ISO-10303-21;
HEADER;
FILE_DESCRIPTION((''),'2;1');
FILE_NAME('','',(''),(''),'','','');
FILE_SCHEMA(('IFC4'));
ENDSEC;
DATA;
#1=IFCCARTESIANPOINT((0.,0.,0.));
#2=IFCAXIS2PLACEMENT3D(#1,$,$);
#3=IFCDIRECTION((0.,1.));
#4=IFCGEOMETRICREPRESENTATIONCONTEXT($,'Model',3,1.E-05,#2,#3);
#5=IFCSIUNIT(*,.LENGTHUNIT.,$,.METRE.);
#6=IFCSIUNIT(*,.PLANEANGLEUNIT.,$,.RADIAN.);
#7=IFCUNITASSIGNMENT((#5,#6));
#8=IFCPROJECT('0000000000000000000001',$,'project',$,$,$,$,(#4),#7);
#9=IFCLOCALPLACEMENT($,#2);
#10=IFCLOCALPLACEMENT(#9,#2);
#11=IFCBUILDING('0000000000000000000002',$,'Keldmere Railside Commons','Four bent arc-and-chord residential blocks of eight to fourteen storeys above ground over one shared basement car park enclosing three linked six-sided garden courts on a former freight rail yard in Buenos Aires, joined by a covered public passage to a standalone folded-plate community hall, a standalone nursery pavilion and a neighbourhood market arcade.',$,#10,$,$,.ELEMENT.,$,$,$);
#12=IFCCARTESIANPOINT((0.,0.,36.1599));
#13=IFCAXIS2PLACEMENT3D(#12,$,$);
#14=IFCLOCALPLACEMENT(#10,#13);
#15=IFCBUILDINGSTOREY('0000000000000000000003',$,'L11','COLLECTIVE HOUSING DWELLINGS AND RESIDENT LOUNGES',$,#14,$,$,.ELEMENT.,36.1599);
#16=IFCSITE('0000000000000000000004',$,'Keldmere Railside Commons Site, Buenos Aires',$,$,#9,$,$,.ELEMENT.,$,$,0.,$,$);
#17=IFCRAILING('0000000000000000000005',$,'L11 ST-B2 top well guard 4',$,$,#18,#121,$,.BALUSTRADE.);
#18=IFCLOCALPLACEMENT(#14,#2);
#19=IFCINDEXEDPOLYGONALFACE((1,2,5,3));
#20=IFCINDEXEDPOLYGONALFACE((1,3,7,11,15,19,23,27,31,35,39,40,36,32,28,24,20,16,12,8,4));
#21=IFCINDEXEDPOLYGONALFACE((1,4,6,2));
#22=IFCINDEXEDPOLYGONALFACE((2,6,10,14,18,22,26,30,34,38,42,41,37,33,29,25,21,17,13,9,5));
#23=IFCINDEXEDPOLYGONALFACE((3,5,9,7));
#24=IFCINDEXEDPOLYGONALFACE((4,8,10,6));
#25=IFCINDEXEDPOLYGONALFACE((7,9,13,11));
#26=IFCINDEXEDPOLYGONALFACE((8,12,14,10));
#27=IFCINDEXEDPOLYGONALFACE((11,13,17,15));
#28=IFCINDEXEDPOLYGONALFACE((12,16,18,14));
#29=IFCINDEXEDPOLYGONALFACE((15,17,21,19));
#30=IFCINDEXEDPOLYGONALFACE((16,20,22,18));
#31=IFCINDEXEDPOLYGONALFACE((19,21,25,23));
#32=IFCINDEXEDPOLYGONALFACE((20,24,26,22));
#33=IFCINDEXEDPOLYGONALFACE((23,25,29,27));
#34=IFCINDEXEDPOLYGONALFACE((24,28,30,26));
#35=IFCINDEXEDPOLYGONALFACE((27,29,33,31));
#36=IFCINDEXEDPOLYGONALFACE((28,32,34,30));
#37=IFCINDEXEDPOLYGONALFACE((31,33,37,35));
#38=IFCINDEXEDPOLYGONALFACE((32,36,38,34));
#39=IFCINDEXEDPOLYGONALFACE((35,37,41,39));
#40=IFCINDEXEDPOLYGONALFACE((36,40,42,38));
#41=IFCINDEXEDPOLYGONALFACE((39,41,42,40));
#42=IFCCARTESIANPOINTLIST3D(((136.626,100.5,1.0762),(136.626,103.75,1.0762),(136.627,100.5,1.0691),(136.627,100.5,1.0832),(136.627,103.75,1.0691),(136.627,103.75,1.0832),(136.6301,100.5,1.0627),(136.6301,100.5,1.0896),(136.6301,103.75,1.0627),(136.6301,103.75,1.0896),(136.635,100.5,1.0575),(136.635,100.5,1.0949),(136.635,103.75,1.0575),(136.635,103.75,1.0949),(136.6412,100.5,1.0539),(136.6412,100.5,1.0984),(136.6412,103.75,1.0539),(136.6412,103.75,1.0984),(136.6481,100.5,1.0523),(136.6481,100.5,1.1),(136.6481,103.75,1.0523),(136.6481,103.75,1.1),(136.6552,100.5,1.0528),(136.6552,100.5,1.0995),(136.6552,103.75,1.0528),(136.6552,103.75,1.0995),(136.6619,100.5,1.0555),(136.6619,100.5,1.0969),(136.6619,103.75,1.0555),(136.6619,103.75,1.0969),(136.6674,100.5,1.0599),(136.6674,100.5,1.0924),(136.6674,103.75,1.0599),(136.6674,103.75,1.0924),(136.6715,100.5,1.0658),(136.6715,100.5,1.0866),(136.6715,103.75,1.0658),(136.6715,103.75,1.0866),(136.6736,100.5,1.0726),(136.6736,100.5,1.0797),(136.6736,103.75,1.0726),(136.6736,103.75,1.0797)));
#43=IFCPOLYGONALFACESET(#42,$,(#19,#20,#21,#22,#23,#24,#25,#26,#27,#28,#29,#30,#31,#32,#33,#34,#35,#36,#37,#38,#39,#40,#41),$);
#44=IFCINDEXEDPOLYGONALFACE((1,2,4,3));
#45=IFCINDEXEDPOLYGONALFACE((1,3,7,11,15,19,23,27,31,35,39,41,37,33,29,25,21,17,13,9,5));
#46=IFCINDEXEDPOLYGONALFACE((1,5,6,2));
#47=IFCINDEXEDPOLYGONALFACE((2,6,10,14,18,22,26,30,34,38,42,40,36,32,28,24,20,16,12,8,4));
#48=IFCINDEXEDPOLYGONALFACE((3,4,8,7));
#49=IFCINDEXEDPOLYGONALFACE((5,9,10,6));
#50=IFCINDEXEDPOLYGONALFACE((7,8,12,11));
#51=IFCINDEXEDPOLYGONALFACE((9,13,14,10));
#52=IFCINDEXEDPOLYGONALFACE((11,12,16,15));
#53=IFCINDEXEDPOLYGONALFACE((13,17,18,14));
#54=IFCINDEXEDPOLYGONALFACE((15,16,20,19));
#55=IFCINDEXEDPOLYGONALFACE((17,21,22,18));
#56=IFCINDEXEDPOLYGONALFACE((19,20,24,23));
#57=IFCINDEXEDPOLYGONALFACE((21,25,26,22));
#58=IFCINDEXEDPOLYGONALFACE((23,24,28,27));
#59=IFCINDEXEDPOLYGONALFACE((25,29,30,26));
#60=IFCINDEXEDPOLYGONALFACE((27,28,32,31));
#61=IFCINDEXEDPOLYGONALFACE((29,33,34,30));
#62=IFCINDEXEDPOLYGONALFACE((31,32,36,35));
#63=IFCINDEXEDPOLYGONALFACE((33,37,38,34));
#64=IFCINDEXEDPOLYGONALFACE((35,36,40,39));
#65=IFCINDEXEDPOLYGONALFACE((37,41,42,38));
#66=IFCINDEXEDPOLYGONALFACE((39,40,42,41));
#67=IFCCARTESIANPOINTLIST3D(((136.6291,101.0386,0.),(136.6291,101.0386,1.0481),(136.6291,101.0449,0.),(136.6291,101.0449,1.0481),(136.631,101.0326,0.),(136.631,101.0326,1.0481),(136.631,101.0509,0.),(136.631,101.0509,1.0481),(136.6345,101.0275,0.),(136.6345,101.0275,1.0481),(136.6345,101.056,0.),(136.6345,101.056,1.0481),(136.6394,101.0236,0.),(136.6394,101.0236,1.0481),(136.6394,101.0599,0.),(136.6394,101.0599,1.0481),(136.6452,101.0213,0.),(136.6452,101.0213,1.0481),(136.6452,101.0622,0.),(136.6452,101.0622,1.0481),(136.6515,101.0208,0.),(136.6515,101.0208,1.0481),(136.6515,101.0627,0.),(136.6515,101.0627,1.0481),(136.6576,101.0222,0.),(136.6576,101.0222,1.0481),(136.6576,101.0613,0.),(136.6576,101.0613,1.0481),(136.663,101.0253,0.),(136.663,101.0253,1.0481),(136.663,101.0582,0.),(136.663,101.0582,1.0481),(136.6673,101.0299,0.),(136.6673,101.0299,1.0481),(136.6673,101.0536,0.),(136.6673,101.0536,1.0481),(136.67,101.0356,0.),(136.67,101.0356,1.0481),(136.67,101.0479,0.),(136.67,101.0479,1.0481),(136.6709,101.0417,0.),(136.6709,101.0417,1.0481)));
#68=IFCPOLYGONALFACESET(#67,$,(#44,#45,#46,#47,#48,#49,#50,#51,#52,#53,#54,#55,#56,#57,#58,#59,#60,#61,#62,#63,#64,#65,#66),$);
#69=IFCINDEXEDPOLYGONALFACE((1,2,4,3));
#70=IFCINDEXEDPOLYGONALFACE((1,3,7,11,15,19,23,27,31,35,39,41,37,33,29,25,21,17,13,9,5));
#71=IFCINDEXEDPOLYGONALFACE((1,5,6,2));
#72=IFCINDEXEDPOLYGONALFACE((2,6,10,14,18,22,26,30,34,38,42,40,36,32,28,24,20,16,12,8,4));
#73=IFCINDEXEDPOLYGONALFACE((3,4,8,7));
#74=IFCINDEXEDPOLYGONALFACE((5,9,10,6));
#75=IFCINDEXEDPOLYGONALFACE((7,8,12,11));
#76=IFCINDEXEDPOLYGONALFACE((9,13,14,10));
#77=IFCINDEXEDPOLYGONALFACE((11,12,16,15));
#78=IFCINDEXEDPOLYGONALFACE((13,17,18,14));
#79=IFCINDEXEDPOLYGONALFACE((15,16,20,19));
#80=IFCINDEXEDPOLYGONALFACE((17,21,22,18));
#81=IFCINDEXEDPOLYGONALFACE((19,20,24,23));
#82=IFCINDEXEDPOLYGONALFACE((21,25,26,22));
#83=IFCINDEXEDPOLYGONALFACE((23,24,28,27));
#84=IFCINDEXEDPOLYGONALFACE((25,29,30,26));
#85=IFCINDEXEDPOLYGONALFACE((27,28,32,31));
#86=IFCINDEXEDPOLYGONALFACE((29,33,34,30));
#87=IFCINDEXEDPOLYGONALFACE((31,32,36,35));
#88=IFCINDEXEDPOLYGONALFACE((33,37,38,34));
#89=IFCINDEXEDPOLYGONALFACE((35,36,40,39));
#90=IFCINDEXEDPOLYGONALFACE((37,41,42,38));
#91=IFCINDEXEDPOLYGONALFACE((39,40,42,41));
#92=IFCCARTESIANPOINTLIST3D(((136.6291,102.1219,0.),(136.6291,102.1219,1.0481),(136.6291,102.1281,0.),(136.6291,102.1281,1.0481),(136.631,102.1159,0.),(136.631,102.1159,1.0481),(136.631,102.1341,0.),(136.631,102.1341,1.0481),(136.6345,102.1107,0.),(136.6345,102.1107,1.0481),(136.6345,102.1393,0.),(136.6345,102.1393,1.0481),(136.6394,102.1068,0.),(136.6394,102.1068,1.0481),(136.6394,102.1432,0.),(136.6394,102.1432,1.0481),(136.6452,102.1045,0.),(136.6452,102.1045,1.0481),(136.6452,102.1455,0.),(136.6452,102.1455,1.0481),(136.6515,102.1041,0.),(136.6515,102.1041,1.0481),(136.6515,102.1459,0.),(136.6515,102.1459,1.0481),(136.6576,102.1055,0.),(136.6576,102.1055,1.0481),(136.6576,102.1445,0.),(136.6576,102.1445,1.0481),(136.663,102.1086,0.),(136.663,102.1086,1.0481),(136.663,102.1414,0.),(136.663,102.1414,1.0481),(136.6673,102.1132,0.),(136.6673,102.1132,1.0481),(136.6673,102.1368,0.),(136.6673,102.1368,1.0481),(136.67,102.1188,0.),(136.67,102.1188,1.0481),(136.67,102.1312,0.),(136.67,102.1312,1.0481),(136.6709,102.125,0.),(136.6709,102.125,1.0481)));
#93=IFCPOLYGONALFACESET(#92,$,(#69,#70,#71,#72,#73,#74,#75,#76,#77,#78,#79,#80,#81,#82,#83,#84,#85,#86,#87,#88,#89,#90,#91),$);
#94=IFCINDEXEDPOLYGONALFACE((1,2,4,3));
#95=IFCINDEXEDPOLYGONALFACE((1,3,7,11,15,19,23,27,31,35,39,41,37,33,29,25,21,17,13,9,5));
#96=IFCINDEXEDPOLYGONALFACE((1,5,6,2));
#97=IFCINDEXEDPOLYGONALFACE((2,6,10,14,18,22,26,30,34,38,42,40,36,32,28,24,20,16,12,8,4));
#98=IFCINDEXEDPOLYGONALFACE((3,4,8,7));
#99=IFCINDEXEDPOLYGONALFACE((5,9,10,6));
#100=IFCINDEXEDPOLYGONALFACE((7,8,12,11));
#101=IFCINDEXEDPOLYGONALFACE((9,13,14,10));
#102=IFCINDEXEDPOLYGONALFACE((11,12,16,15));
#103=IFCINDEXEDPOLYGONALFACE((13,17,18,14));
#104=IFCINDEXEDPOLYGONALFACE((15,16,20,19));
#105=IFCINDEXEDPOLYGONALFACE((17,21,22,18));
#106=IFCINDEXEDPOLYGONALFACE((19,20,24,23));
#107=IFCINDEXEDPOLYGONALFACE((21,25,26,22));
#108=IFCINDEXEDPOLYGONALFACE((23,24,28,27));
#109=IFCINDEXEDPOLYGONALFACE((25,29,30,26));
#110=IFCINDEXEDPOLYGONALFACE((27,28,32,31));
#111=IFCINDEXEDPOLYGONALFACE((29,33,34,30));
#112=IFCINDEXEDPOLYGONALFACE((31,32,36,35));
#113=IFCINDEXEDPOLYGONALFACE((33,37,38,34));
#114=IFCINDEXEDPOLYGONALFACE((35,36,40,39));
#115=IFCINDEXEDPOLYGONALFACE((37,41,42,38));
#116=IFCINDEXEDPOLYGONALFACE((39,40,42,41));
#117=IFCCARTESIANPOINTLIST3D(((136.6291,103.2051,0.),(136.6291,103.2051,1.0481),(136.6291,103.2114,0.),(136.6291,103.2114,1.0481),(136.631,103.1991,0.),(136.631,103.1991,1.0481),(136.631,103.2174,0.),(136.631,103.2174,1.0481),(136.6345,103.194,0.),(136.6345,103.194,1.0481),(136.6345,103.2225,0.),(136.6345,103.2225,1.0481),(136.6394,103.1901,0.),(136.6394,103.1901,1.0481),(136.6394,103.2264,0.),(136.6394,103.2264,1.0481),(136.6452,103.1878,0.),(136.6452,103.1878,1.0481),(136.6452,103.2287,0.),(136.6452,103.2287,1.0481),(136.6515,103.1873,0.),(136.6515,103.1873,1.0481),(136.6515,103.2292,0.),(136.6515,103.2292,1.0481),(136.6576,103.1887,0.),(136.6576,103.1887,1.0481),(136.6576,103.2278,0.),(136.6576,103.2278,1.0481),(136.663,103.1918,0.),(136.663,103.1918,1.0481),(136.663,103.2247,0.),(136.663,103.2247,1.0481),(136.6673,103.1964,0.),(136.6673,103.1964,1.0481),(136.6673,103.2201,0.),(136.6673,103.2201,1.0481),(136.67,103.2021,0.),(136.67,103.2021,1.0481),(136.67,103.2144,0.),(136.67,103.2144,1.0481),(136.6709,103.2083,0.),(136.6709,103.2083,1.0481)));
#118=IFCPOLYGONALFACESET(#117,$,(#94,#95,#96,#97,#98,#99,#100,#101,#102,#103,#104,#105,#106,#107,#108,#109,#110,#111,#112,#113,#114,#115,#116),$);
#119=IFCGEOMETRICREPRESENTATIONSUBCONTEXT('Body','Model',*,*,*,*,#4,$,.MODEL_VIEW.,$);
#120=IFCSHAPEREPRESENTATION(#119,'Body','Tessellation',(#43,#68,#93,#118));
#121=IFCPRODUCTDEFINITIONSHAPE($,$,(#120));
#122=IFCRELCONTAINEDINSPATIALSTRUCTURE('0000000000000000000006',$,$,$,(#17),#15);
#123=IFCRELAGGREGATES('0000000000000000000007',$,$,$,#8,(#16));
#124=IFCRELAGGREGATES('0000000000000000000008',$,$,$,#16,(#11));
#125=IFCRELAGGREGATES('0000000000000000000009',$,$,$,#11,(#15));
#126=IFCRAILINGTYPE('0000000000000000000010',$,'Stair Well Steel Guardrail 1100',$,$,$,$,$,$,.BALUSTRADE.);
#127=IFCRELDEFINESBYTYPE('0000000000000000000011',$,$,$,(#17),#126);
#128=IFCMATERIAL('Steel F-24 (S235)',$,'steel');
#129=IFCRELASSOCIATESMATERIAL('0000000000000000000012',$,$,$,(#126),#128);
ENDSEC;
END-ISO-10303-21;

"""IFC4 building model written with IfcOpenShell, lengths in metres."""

from ifc_helpers import new_model, si_unit, direction, frame, origin, origin_2d, place, context, subcontext, project, spatial, circle, extrude, material, type_object, element, save


model = new_model("IFC4")

# Units and contexts
model_context = context("Model", 3, precision=1e-05, world=origin(), true_north=direction((0.0, 1.0)))
body_context = subcontext(model_context, "Body", "Model", "MODEL_VIEW")
ifc_project = project(units=[si_unit("LENGTHUNIT", "METRE"), si_unit("PLANEANGLEUNIT", "RADIAN")], contexts=[model_context])

# Site, building, storey
site_placement = place(None, origin())
site = spatial("IfcSite", under=ifc_project, at=site_placement, Name="Keldmere Railside Commons Site, Buenos Aires", CompositionType="ELEMENT", RefElevation=0.0)
building_placement = place(site_placement, origin())
building = spatial("IfcBuilding", under=site, at=building_placement, Name="Keldmere Railside Commons", Description="Four bent arc-and-chord residential blocks of eight to fourteen storeys above ground over one shared basement car park enclosing three linked six-sided garden courts on a former freight rail yard in Buenos Aires, joined by a covered public passage to a standalone folded-plate community hall, a standalone nursery pavilion and a neighbourhood market arcade.", CompositionType="ELEMENT")
storey_placement = place(building_placement, frame((0.0, 0.0, 36.1599)))
storey = spatial("IfcBuildingStorey", under=building, at=storey_placement, Name="L11", Description="COLLECTIVE HOUSING DWELLINGS AND RESIDENT LOUNGES", CompositionType="ELEMENT", Elevation=36.1599)

# Shared definitions
ifc_material_1 = material(Name="Steel F-24 (S235)", Category="steel")

# Railing
railing_type_1 = type_object("IfcRailingType", Name="Stair Well Steel Guardrail 1100", PredefinedType="BALUSTRADE", material=ifc_material_1)
railing_1_placement = place(storey_placement, frame((136.6499, 100.5, 0.0)))
element("IfcRailing", 1, at=railing_1_placement, inside=storey, type_object=railing_type_1, Name="L11 ST-B2 top well guard 4", PredefinedType="BALUSTRADE", context=body_context, shape_type="SweptSolid", body=[
    extrude(circle(Radius=0.0239, at=origin_2d()), frame((0.0, 0.0, 1.0762), z_axis=(0.0, 1.0, 0.0), x_axis=(-1.0, 0.0, 0.0)), (0.0, 0.0, 1.0), 3.25),
    extrude(circle(Radius=0.021, at=origin_2d()), frame((0.0, 0.5417, 0.0)), (0.0, 0.0, 1.0), 1.0481),
    extrude(circle(Radius=0.021, at=origin_2d()), frame((0.0, 1.625, 0.0)), (0.0, 0.0, 1.0), 1.0481),
    extrude(circle(Radius=0.021, at=origin_2d()), frame((0.0, 2.7083, 0.0)), (0.0, 0.0, 1.0), 1.0481),
])

save(model, "model.ifc")
